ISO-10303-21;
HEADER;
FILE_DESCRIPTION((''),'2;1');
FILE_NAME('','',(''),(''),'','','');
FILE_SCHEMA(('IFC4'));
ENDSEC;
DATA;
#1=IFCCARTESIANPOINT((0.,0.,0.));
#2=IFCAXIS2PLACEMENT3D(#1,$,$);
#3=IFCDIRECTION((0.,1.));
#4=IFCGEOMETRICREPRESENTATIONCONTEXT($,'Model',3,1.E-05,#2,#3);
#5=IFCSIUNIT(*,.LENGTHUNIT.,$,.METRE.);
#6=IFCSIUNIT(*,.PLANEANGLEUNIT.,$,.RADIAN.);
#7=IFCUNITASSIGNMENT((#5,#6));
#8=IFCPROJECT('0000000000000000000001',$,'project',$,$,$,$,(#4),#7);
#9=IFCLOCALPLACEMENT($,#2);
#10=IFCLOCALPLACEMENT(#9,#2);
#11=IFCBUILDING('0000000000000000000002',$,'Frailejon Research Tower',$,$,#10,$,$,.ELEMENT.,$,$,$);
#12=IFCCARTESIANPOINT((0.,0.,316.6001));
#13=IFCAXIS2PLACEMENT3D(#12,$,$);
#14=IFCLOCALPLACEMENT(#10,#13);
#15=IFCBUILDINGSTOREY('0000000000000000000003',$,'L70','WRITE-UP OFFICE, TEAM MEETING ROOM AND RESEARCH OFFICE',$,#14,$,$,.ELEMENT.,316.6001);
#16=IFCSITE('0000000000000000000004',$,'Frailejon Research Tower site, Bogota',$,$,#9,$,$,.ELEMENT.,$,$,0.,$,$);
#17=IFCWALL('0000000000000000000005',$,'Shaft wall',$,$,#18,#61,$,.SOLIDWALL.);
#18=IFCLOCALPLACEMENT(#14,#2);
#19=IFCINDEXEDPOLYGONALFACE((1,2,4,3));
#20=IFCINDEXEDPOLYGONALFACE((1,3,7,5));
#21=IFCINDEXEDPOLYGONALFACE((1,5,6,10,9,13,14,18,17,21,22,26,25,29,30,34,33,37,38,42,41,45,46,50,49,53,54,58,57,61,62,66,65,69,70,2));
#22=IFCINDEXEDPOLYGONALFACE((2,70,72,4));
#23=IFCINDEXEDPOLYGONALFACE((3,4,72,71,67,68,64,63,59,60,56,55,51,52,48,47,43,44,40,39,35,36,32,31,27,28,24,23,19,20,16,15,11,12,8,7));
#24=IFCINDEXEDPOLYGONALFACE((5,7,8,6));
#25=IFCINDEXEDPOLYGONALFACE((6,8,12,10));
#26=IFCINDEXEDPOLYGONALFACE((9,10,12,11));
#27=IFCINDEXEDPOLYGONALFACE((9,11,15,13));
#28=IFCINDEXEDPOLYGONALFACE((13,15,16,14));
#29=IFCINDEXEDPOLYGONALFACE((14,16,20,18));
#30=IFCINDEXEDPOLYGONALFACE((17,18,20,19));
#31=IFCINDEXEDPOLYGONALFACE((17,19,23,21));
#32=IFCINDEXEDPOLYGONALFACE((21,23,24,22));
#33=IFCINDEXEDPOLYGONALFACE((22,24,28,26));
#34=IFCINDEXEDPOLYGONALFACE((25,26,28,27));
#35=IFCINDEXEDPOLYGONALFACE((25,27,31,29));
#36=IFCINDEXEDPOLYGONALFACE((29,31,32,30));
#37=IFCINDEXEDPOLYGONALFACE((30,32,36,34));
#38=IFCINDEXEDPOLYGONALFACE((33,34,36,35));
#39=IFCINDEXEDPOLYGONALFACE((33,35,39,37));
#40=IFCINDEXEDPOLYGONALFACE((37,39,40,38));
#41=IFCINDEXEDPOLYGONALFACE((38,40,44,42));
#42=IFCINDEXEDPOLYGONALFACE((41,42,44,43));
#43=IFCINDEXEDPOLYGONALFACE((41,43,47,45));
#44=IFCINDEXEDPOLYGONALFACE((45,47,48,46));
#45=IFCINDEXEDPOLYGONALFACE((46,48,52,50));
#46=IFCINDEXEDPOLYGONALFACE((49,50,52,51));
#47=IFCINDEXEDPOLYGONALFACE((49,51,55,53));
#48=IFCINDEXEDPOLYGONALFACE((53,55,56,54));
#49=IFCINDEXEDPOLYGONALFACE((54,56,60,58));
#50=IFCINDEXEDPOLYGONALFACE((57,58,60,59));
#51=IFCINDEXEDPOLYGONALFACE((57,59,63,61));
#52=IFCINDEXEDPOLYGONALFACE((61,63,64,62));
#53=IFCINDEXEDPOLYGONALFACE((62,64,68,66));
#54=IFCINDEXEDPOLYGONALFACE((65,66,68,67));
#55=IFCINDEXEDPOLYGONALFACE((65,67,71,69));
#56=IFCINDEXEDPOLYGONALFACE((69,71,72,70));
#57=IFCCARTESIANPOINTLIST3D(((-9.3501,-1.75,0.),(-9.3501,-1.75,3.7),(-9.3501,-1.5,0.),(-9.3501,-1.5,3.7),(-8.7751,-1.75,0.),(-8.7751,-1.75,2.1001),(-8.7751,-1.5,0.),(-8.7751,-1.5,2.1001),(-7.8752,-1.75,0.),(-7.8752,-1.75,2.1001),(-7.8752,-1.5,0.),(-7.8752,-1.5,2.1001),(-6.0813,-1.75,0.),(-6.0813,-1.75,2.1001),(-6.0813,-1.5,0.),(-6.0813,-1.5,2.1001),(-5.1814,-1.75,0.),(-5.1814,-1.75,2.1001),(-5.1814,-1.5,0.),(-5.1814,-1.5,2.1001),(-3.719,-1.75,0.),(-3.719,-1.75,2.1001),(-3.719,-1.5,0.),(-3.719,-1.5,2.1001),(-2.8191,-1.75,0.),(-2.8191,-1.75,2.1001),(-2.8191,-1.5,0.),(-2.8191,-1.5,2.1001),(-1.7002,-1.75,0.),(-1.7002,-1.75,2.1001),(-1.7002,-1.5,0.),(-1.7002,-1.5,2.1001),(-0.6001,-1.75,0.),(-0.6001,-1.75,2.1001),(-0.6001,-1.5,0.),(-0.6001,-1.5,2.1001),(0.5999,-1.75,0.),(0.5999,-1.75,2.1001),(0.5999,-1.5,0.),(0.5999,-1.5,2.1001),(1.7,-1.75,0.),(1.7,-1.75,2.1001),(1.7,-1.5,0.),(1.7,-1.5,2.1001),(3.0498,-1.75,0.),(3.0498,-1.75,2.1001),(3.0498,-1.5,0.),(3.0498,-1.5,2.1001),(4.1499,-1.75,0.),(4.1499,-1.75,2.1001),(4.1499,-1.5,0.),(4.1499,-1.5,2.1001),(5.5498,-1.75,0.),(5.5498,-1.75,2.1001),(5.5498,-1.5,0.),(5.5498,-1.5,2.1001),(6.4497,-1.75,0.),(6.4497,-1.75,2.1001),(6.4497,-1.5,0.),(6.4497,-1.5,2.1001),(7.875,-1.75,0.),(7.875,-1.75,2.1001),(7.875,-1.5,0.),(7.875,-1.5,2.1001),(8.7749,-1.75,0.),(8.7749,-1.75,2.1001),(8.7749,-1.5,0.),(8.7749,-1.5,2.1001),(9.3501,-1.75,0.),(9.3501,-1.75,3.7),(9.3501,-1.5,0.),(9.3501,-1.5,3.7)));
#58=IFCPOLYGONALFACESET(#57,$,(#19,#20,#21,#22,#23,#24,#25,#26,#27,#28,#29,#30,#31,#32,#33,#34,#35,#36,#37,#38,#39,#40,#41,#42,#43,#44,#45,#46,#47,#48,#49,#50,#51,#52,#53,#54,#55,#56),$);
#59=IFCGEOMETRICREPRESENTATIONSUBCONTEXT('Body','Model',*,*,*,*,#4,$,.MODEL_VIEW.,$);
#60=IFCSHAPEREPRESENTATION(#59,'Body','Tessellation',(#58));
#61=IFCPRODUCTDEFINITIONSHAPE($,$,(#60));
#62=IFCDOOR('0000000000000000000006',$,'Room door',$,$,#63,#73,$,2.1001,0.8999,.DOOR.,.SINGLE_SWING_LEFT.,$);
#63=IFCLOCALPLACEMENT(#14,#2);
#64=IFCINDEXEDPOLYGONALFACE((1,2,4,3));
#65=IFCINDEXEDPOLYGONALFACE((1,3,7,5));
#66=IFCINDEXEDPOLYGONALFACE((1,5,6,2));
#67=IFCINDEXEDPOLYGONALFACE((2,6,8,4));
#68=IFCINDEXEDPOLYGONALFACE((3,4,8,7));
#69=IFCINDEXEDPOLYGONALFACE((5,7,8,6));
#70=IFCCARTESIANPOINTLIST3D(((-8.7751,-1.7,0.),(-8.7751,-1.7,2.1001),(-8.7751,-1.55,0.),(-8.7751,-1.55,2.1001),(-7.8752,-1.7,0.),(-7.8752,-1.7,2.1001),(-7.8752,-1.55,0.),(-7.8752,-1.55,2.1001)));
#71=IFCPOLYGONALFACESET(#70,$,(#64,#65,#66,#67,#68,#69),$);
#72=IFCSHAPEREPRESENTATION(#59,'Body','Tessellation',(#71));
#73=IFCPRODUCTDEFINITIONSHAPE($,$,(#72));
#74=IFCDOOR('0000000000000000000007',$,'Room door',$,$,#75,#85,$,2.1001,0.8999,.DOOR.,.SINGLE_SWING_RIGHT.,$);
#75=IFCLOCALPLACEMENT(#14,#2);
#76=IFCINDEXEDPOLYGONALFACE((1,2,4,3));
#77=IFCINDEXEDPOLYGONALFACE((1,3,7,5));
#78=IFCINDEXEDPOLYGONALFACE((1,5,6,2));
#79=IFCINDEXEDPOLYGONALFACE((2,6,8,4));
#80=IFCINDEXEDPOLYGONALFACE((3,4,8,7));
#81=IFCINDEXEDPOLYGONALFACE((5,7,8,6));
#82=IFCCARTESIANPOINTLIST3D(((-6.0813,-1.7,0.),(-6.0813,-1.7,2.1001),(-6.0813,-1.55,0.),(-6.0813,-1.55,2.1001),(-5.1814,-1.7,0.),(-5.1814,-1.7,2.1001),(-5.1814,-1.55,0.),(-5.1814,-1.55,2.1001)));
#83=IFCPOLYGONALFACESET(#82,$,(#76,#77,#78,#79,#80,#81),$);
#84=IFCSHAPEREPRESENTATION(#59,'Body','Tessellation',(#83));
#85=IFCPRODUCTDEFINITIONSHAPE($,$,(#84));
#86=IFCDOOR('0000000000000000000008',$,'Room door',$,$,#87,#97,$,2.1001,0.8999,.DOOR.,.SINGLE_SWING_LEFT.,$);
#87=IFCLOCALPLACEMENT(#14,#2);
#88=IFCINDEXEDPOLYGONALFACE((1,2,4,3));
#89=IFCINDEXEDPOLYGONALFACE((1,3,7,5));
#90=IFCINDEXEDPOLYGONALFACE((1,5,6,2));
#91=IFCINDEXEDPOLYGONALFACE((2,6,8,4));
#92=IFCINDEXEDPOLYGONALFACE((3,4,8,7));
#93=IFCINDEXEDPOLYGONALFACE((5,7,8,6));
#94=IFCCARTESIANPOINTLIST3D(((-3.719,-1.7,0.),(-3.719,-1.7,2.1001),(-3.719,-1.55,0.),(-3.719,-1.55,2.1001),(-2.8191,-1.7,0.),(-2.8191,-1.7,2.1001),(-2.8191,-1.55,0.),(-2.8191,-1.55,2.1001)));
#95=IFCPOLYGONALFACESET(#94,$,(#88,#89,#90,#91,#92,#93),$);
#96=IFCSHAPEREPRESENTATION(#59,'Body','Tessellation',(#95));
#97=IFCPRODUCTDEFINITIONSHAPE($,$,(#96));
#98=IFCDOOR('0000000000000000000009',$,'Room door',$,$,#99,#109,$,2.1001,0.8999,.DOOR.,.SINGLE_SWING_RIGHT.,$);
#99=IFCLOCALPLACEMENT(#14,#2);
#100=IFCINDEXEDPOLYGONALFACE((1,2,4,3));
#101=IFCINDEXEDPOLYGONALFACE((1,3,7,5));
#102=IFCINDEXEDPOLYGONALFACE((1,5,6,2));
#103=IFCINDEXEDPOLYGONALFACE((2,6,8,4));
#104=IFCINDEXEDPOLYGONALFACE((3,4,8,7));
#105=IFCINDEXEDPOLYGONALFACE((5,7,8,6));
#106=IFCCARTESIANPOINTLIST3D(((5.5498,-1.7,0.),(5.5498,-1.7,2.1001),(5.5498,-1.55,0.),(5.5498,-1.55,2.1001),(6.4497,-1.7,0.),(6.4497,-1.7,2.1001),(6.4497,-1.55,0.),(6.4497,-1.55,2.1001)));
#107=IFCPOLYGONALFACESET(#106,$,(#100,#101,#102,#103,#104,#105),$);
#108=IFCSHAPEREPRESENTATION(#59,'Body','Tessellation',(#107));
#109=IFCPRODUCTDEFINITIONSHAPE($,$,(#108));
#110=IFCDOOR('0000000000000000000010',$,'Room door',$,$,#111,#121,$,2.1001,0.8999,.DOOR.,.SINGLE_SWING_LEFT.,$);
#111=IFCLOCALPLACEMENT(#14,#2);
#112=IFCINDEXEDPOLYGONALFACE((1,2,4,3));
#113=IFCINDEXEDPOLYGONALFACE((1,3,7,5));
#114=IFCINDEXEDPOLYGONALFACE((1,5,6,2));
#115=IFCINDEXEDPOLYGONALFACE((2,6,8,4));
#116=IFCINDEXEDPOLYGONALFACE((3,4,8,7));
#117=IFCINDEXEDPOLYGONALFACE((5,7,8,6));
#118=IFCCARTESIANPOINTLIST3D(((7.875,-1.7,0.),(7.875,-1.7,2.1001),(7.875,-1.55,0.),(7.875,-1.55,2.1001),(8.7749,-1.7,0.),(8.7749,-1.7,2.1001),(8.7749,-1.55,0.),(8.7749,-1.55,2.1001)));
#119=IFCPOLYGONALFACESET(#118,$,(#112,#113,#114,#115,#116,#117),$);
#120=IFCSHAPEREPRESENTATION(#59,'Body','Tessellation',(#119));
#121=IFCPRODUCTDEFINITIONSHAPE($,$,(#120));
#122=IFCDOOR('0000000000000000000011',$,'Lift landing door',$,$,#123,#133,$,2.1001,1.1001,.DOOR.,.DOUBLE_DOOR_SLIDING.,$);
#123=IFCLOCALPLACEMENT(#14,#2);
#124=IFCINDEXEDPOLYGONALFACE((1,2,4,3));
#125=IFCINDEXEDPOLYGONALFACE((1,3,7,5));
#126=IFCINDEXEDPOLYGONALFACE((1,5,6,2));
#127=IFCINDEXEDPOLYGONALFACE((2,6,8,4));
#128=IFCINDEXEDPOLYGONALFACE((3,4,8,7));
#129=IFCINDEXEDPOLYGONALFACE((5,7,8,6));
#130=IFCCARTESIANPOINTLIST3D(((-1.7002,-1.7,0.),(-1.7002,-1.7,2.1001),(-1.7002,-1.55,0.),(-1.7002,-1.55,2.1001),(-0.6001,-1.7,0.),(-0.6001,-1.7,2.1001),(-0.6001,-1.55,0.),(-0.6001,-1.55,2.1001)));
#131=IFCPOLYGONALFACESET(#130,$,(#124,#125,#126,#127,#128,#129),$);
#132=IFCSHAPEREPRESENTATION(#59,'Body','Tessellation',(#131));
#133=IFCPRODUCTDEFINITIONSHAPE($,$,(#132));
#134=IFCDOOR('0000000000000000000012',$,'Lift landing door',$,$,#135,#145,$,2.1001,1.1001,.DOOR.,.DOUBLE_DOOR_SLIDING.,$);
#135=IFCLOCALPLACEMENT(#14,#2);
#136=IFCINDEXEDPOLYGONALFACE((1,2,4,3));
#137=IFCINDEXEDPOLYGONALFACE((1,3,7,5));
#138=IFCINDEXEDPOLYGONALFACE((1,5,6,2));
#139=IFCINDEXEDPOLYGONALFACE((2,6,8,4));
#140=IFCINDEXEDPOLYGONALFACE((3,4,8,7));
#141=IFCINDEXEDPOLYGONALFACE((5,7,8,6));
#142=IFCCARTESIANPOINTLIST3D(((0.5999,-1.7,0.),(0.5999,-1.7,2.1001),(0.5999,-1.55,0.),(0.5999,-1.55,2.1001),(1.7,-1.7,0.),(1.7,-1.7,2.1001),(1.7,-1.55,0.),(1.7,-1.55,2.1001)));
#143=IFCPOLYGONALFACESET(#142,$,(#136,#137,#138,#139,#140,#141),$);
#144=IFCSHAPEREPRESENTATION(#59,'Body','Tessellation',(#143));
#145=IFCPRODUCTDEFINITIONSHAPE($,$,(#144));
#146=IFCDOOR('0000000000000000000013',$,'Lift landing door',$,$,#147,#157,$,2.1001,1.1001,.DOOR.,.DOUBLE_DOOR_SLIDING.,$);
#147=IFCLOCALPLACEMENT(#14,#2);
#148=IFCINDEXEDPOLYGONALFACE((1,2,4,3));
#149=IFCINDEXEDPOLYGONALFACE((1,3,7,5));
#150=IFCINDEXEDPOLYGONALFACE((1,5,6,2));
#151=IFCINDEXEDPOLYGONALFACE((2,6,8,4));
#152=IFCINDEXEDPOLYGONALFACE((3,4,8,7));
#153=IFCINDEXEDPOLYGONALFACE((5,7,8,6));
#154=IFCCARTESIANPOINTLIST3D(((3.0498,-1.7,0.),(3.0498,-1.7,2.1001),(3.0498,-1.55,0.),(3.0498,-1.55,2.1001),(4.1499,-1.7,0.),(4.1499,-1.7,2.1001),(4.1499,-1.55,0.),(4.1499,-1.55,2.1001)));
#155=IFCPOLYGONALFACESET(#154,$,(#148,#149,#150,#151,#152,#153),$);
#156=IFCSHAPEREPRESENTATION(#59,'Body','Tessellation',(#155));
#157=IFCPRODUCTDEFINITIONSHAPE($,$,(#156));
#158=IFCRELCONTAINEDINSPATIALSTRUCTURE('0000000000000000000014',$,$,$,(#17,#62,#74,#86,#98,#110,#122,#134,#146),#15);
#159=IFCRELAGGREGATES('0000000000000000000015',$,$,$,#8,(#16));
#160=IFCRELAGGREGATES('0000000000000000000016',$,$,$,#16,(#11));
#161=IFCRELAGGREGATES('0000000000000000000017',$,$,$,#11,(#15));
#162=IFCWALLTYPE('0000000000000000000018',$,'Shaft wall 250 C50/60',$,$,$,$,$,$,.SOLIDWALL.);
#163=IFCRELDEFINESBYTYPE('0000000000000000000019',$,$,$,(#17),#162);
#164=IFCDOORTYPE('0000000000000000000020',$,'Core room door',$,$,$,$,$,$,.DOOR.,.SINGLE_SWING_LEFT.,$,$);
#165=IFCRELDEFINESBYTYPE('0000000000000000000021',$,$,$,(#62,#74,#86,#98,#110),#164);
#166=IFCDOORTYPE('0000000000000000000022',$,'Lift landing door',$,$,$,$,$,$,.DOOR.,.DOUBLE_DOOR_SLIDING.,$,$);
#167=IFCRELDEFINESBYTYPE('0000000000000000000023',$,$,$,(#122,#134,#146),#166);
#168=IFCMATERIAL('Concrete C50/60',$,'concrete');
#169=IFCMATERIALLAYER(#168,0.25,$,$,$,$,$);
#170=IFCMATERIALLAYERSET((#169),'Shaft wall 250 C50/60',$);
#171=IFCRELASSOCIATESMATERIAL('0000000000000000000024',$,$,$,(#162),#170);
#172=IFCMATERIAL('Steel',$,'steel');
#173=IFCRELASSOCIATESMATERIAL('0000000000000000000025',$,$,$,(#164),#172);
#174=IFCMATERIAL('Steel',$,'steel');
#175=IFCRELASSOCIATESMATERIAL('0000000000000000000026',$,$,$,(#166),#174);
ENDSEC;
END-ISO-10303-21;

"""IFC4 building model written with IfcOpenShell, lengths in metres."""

from ifc_helpers import new_model, si_unit, direction, frame, frame_2d, origin, place, context, subcontext, project, spatial, rectangle, extrude, material, layer, layer_set, type_object, element, fill, save


model = new_model("IFC4")

# Units and contexts
model_context = context("Model", 3, precision=1e-05, world=origin(), true_north=direction((0.0, 1.0)))
body_context = subcontext(model_context, "Body", "Model", "MODEL_VIEW")
ifc_project = project(units=[si_unit("LENGTHUNIT", "METRE"), si_unit("PLANEANGLEUNIT", "RADIAN")], contexts=[model_context])

# Site, building, storey
site_placement = place(None, origin())
site = spatial("IfcSite", under=ifc_project, at=site_placement, Name="Frailejon Research Tower site, Bogota", CompositionType="ELEMENT", RefElevation=0.0)
building_placement = place(site_placement, origin())
building = spatial("IfcBuilding", under=site, at=building_placement, Name="Frailejon Research Tower", CompositionType="ELEMENT")
storey_placement = place(building_placement, frame((0.0, 0.0, 316.6001)))
storey = spatial("IfcBuildingStorey", under=building, at=storey_placement, Name="L70", Description="WRITE-UP OFFICE, TEAM MEETING ROOM AND RESEARCH OFFICE", CompositionType="ELEMENT", Elevation=316.6001)

# Wall, openings, doors
ifc_material_1 = material(Name="Concrete C50/60", Category="concrete")
ifc_layer_1 = layer(ifc_material_1, 0.25)
ifc_layer_set_1 = layer_set([ifc_layer_1], Name="Shaft wall 250 C50/60")
wall_type_1 = type_object("IfcWallType", Name="Shaft wall 250 C50/60", PredefinedType="SOLIDWALL", material=ifc_layer_set_1)
wall_1_placement = place(storey_placement, frame((-9.3501, -1.625, 0.0), z_axis=(0.0, 0.0, 1.0), x_axis=(1.0, 0.0, 0.0)))
wall_1 = element("IfcWall", 1, at=wall_1_placement, inside=storey, type_object=wall_type_1, Name="Shaft wall", PredefinedType="SOLIDWALL", context=body_context, shape_type="SweptSolid", body=[
    extrude(rectangle(XDim=18.7002, YDim=0.25, at=frame_2d((9.3501, 0.0))), origin(), (0.0, 0.0, 1.0), 3.7),
])
opening_1_placement = place(wall_1_placement, frame((7.6499, 0.0, 0.0)))
opening_1 = element("IfcOpeningElement", 2, at=opening_1_placement, cuts=wall_1, PredefinedType="OPENING", context=body_context, shape_type="SweptSolid", body=[
    extrude(rectangle(XDim=1.1001, YDim=2.1001, at=frame_2d((0.55, 1.05))), frame((0.0, 0.135, 0.0), z_axis=(0.0, -1.0, 0.0), x_axis=(1.0, 0.0, 0.0)), (0.0, 0.0, 1.0), 0.27),
])
opening_2_placement = place(wall_1_placement, frame((9.95, 0.0, 0.0)))
opening_2 = element("IfcOpeningElement", 3, at=opening_2_placement, cuts=wall_1, PredefinedType="OPENING", context=body_context, shape_type="SweptSolid", body=[
    extrude(rectangle(XDim=1.1001, YDim=2.1001, at=frame_2d((0.55, 1.05))), frame((0.0, 0.135, 0.0), z_axis=(0.0, -1.0, 0.0), x_axis=(1.0, 0.0, 0.0)), (0.0, 0.0, 1.0), 0.27),
])
opening_3_placement = place(wall_1_placement, frame((12.3999, 0.0, 0.0)))
opening_3 = element("IfcOpeningElement", 4, at=opening_3_placement, cuts=wall_1, PredefinedType="OPENING", context=body_context, shape_type="SweptSolid", body=[
    extrude(rectangle(XDim=1.1001, YDim=2.1001, at=frame_2d((0.55, 1.05))), frame((0.0, 0.135, 0.0), z_axis=(0.0, -1.0, 0.0), x_axis=(1.0, 0.0, 0.0)), (0.0, 0.0, 1.0), 0.27),
])
opening_4_placement = place(wall_1_placement, frame((0.575, 0.0, 0.0)))
opening_4 = element("IfcOpeningElement", 5, at=opening_4_placement, cuts=wall_1, PredefinedType="OPENING", context=body_context, shape_type="SweptSolid", body=[
    extrude(rectangle(XDim=0.8999, YDim=2.1001, at=frame_2d((0.45, 1.05))), frame((0.0, 0.135, 0.0), z_axis=(0.0, -1.0, 0.0), x_axis=(1.0, 0.0, 0.0)), (0.0, 0.0, 1.0), 0.27),
])
opening_5_placement = place(wall_1_placement, frame((3.2688, 0.0, 0.0)))
opening_5 = element("IfcOpeningElement", 6, at=opening_5_placement, cuts=wall_1, PredefinedType="OPENING", context=body_context, shape_type="SweptSolid", body=[
    extrude(rectangle(XDim=0.8999, YDim=2.1001, at=frame_2d((0.45, 1.05))), frame((0.0, 0.135, 0.0), z_axis=(0.0, -1.0, 0.0), x_axis=(1.0, 0.0, 0.0)), (0.0, 0.0, 1.0), 0.27),
])
opening_6_placement = place(wall_1_placement, frame((5.6311, 0.0, 0.0)))
opening_6 = element("IfcOpeningElement", 7, at=opening_6_placement, cuts=wall_1, PredefinedType="OPENING", context=body_context, shape_type="SweptSolid", body=[
    extrude(rectangle(XDim=0.8999, YDim=2.1001, at=frame_2d((0.45, 1.05))), frame((0.0, 0.135, 0.0), z_axis=(0.0, -1.0, 0.0), x_axis=(1.0, 0.0, 0.0)), (0.0, 0.0, 1.0), 0.27),
])
opening_7_placement = place(wall_1_placement, frame((14.8999, 0.0, 0.0)))
opening_7 = element("IfcOpeningElement", 8, at=opening_7_placement, cuts=wall_1, PredefinedType="OPENING", context=body_context, shape_type="SweptSolid", body=[
    extrude(rectangle(XDim=0.8999, YDim=2.1001, at=frame_2d((0.45, 1.05))), frame((0.0, 0.135, 0.0), z_axis=(0.0, -1.0, 0.0), x_axis=(1.0, 0.0, 0.0)), (0.0, 0.0, 1.0), 0.27),
])
opening_8_placement = place(wall_1_placement, frame((17.2251, 0.0, 0.0)))
opening_8 = element("IfcOpeningElement", 9, at=opening_8_placement, cuts=wall_1, PredefinedType="OPENING", context=body_context, shape_type="SweptSolid", body=[
    extrude(rectangle(XDim=0.8999, YDim=2.1001, at=frame_2d((0.45, 1.05))), frame((0.0, 0.135, 0.0), z_axis=(0.0, -1.0, 0.0), x_axis=(1.0, 0.0, 0.0)), (0.0, 0.0, 1.0), 0.27),
])
ifc_material_2 = material(Name="Steel", Category="steel")
door_type_1 = type_object("IfcDoorType", Name="Core room door", OperationType="SINGLE_SWING_LEFT", PredefinedType="DOOR", material=ifc_material_2)
door_1_placement = place(opening_4_placement, origin())
door_1 = element("IfcDoor", 10, at=door_1_placement, inside=storey, type_object=door_type_1, Name="Room door", OperationType="SINGLE_SWING_LEFT", OverallHeight=2.1001, OverallWidth=0.8999, PredefinedType="DOOR", context=body_context, shape_type="SweptSolid", body=[
    extrude(rectangle(XDim=0.8999, YDim=2.1001, at=frame_2d((0.45, 1.05))), frame((0.0, 0.075, 0.0), z_axis=(0.0, -1.0, 0.0), x_axis=(1.0, 0.0, 0.0)), (0.0, 0.0, 1.0), 0.1499),
])
fill(opening_4, door_1)
door_2_placement = place(opening_5_placement, origin())
door_2 = element("IfcDoor", 11, at=door_2_placement, inside=storey, type_object=door_type_1, Name="Room door", OperationType="SINGLE_SWING_RIGHT", OverallHeight=2.1001, OverallWidth=0.8999, PredefinedType="DOOR", context=body_context, shape_type="SweptSolid", body=[
    extrude(rectangle(XDim=0.8999, YDim=2.1001, at=frame_2d((0.45, 1.05))), frame((0.0, 0.075, 0.0), z_axis=(0.0, -1.0, 0.0), x_axis=(1.0, 0.0, 0.0)), (0.0, 0.0, 1.0), 0.1499),
])
fill(opening_5, door_2)
door_3_placement = place(opening_6_placement, origin())
door_3 = element("IfcDoor", 12, at=door_3_placement, inside=storey, type_object=door_type_1, Name="Room door", OperationType="SINGLE_SWING_LEFT", OverallHeight=2.1001, OverallWidth=0.8999, PredefinedType="DOOR", context=body_context, shape_type="SweptSolid", body=[
    extrude(rectangle(XDim=0.8999, YDim=2.1001, at=frame_2d((0.45, 1.05))), frame((0.0, 0.075, 0.0), z_axis=(0.0, -1.0, 0.0), x_axis=(1.0, 0.0, 0.0)), (0.0, 0.0, 1.0), 0.1499),
])
fill(opening_6, door_3)
door_4_placement = place(opening_7_placement, origin())
door_4 = element("IfcDoor", 13, at=door_4_placement, inside=storey, type_object=door_type_1, Name="Room door", OperationType="SINGLE_SWING_RIGHT", OverallHeight=2.1001, OverallWidth=0.8999, PredefinedType="DOOR", context=body_context, shape_type="SweptSolid", body=[
    extrude(rectangle(XDim=0.8999, YDim=2.1001, at=frame_2d((0.45, 1.05))), frame((0.0, 0.075, 0.0), z_axis=(0.0, -1.0, 0.0), x_axis=(1.0, 0.0, 0.0)), (0.0, 0.0, 1.0), 0.1499),
])
fill(opening_7, door_4)
door_5_placement = place(opening_8_placement, origin())
door_5 = element("IfcDoor", 14, at=door_5_placement, inside=storey, type_object=door_type_1, Name="Room door", OperationType="SINGLE_SWING_LEFT", OverallHeight=2.1001, OverallWidth=0.8999, PredefinedType="DOOR", context=body_context, shape_type="SweptSolid", body=[
    extrude(rectangle(XDim=0.8999, YDim=2.1001, at=frame_2d((0.45, 1.05))), frame((0.0, 0.075, 0.0), z_axis=(0.0, -1.0, 0.0), x_axis=(1.0, 0.0, 0.0)), (0.0, 0.0, 1.0), 0.1499),
])
fill(opening_8, door_5)
ifc_material_3 = material(Name="Steel", Category="steel")
door_type_2 = type_object("IfcDoorType", Name="Lift landing door", OperationType="DOUBLE_DOOR_SLIDING", PredefinedType="DOOR", material=ifc_material_3)
door_6_placement = place(opening_1_placement, origin())
door_6 = element("IfcDoor", 15, at=door_6_placement, inside=storey, type_object=door_type_2, Name="Lift landing door", OperationType="DOUBLE_DOOR_SLIDING", OverallHeight=2.1001, OverallWidth=1.1001, PredefinedType="DOOR", context=body_context, shape_type="SweptSolid", body=[
    extrude(rectangle(XDim=1.1001, YDim=2.1001, at=frame_2d((0.55, 1.05))), frame((0.0, 0.075, 0.0), z_axis=(0.0, -1.0, 0.0), x_axis=(1.0, 0.0, 0.0)), (0.0, 0.0, 1.0), 0.1499),
])
fill(opening_1, door_6)
door_7_placement = place(opening_2_placement, origin())
door_7 = element("IfcDoor", 16, at=door_7_placement, inside=storey, type_object=door_type_2, Name="Lift landing door", OperationType="DOUBLE_DOOR_SLIDING", OverallHeight=2.1001, OverallWidth=1.1001, PredefinedType="DOOR", context=body_context, shape_type="SweptSolid", body=[
    extrude(rectangle(XDim=1.1001, YDim=2.1001, at=frame_2d((0.55, 1.05))), frame((0.0, 0.075, 0.0), z_axis=(0.0, -1.0, 0.0), x_axis=(1.0, 0.0, 0.0)), (0.0, 0.0, 1.0), 0.1499),
])
fill(opening_2, door_7)
door_8_placement = place(opening_3_placement, origin())
door_8 = element("IfcDoor", 17, at=door_8_placement, inside=storey, type_object=door_type_2, Name="Lift landing door", OperationType="DOUBLE_DOOR_SLIDING", OverallHeight=2.1001, OverallWidth=1.1001, PredefinedType="DOOR", context=body_context, shape_type="SweptSolid", body=[
    extrude(rectangle(XDim=1.1001, YDim=2.1001, at=frame_2d((0.55, 1.05))), frame((0.0, 0.075, 0.0), z_axis=(0.0, -1.0, 0.0), x_axis=(1.0, 0.0, 0.0)), (0.0, 0.0, 1.0), 0.1499),
])
fill(opening_3, door_8)

save(model, "model.ifc")
